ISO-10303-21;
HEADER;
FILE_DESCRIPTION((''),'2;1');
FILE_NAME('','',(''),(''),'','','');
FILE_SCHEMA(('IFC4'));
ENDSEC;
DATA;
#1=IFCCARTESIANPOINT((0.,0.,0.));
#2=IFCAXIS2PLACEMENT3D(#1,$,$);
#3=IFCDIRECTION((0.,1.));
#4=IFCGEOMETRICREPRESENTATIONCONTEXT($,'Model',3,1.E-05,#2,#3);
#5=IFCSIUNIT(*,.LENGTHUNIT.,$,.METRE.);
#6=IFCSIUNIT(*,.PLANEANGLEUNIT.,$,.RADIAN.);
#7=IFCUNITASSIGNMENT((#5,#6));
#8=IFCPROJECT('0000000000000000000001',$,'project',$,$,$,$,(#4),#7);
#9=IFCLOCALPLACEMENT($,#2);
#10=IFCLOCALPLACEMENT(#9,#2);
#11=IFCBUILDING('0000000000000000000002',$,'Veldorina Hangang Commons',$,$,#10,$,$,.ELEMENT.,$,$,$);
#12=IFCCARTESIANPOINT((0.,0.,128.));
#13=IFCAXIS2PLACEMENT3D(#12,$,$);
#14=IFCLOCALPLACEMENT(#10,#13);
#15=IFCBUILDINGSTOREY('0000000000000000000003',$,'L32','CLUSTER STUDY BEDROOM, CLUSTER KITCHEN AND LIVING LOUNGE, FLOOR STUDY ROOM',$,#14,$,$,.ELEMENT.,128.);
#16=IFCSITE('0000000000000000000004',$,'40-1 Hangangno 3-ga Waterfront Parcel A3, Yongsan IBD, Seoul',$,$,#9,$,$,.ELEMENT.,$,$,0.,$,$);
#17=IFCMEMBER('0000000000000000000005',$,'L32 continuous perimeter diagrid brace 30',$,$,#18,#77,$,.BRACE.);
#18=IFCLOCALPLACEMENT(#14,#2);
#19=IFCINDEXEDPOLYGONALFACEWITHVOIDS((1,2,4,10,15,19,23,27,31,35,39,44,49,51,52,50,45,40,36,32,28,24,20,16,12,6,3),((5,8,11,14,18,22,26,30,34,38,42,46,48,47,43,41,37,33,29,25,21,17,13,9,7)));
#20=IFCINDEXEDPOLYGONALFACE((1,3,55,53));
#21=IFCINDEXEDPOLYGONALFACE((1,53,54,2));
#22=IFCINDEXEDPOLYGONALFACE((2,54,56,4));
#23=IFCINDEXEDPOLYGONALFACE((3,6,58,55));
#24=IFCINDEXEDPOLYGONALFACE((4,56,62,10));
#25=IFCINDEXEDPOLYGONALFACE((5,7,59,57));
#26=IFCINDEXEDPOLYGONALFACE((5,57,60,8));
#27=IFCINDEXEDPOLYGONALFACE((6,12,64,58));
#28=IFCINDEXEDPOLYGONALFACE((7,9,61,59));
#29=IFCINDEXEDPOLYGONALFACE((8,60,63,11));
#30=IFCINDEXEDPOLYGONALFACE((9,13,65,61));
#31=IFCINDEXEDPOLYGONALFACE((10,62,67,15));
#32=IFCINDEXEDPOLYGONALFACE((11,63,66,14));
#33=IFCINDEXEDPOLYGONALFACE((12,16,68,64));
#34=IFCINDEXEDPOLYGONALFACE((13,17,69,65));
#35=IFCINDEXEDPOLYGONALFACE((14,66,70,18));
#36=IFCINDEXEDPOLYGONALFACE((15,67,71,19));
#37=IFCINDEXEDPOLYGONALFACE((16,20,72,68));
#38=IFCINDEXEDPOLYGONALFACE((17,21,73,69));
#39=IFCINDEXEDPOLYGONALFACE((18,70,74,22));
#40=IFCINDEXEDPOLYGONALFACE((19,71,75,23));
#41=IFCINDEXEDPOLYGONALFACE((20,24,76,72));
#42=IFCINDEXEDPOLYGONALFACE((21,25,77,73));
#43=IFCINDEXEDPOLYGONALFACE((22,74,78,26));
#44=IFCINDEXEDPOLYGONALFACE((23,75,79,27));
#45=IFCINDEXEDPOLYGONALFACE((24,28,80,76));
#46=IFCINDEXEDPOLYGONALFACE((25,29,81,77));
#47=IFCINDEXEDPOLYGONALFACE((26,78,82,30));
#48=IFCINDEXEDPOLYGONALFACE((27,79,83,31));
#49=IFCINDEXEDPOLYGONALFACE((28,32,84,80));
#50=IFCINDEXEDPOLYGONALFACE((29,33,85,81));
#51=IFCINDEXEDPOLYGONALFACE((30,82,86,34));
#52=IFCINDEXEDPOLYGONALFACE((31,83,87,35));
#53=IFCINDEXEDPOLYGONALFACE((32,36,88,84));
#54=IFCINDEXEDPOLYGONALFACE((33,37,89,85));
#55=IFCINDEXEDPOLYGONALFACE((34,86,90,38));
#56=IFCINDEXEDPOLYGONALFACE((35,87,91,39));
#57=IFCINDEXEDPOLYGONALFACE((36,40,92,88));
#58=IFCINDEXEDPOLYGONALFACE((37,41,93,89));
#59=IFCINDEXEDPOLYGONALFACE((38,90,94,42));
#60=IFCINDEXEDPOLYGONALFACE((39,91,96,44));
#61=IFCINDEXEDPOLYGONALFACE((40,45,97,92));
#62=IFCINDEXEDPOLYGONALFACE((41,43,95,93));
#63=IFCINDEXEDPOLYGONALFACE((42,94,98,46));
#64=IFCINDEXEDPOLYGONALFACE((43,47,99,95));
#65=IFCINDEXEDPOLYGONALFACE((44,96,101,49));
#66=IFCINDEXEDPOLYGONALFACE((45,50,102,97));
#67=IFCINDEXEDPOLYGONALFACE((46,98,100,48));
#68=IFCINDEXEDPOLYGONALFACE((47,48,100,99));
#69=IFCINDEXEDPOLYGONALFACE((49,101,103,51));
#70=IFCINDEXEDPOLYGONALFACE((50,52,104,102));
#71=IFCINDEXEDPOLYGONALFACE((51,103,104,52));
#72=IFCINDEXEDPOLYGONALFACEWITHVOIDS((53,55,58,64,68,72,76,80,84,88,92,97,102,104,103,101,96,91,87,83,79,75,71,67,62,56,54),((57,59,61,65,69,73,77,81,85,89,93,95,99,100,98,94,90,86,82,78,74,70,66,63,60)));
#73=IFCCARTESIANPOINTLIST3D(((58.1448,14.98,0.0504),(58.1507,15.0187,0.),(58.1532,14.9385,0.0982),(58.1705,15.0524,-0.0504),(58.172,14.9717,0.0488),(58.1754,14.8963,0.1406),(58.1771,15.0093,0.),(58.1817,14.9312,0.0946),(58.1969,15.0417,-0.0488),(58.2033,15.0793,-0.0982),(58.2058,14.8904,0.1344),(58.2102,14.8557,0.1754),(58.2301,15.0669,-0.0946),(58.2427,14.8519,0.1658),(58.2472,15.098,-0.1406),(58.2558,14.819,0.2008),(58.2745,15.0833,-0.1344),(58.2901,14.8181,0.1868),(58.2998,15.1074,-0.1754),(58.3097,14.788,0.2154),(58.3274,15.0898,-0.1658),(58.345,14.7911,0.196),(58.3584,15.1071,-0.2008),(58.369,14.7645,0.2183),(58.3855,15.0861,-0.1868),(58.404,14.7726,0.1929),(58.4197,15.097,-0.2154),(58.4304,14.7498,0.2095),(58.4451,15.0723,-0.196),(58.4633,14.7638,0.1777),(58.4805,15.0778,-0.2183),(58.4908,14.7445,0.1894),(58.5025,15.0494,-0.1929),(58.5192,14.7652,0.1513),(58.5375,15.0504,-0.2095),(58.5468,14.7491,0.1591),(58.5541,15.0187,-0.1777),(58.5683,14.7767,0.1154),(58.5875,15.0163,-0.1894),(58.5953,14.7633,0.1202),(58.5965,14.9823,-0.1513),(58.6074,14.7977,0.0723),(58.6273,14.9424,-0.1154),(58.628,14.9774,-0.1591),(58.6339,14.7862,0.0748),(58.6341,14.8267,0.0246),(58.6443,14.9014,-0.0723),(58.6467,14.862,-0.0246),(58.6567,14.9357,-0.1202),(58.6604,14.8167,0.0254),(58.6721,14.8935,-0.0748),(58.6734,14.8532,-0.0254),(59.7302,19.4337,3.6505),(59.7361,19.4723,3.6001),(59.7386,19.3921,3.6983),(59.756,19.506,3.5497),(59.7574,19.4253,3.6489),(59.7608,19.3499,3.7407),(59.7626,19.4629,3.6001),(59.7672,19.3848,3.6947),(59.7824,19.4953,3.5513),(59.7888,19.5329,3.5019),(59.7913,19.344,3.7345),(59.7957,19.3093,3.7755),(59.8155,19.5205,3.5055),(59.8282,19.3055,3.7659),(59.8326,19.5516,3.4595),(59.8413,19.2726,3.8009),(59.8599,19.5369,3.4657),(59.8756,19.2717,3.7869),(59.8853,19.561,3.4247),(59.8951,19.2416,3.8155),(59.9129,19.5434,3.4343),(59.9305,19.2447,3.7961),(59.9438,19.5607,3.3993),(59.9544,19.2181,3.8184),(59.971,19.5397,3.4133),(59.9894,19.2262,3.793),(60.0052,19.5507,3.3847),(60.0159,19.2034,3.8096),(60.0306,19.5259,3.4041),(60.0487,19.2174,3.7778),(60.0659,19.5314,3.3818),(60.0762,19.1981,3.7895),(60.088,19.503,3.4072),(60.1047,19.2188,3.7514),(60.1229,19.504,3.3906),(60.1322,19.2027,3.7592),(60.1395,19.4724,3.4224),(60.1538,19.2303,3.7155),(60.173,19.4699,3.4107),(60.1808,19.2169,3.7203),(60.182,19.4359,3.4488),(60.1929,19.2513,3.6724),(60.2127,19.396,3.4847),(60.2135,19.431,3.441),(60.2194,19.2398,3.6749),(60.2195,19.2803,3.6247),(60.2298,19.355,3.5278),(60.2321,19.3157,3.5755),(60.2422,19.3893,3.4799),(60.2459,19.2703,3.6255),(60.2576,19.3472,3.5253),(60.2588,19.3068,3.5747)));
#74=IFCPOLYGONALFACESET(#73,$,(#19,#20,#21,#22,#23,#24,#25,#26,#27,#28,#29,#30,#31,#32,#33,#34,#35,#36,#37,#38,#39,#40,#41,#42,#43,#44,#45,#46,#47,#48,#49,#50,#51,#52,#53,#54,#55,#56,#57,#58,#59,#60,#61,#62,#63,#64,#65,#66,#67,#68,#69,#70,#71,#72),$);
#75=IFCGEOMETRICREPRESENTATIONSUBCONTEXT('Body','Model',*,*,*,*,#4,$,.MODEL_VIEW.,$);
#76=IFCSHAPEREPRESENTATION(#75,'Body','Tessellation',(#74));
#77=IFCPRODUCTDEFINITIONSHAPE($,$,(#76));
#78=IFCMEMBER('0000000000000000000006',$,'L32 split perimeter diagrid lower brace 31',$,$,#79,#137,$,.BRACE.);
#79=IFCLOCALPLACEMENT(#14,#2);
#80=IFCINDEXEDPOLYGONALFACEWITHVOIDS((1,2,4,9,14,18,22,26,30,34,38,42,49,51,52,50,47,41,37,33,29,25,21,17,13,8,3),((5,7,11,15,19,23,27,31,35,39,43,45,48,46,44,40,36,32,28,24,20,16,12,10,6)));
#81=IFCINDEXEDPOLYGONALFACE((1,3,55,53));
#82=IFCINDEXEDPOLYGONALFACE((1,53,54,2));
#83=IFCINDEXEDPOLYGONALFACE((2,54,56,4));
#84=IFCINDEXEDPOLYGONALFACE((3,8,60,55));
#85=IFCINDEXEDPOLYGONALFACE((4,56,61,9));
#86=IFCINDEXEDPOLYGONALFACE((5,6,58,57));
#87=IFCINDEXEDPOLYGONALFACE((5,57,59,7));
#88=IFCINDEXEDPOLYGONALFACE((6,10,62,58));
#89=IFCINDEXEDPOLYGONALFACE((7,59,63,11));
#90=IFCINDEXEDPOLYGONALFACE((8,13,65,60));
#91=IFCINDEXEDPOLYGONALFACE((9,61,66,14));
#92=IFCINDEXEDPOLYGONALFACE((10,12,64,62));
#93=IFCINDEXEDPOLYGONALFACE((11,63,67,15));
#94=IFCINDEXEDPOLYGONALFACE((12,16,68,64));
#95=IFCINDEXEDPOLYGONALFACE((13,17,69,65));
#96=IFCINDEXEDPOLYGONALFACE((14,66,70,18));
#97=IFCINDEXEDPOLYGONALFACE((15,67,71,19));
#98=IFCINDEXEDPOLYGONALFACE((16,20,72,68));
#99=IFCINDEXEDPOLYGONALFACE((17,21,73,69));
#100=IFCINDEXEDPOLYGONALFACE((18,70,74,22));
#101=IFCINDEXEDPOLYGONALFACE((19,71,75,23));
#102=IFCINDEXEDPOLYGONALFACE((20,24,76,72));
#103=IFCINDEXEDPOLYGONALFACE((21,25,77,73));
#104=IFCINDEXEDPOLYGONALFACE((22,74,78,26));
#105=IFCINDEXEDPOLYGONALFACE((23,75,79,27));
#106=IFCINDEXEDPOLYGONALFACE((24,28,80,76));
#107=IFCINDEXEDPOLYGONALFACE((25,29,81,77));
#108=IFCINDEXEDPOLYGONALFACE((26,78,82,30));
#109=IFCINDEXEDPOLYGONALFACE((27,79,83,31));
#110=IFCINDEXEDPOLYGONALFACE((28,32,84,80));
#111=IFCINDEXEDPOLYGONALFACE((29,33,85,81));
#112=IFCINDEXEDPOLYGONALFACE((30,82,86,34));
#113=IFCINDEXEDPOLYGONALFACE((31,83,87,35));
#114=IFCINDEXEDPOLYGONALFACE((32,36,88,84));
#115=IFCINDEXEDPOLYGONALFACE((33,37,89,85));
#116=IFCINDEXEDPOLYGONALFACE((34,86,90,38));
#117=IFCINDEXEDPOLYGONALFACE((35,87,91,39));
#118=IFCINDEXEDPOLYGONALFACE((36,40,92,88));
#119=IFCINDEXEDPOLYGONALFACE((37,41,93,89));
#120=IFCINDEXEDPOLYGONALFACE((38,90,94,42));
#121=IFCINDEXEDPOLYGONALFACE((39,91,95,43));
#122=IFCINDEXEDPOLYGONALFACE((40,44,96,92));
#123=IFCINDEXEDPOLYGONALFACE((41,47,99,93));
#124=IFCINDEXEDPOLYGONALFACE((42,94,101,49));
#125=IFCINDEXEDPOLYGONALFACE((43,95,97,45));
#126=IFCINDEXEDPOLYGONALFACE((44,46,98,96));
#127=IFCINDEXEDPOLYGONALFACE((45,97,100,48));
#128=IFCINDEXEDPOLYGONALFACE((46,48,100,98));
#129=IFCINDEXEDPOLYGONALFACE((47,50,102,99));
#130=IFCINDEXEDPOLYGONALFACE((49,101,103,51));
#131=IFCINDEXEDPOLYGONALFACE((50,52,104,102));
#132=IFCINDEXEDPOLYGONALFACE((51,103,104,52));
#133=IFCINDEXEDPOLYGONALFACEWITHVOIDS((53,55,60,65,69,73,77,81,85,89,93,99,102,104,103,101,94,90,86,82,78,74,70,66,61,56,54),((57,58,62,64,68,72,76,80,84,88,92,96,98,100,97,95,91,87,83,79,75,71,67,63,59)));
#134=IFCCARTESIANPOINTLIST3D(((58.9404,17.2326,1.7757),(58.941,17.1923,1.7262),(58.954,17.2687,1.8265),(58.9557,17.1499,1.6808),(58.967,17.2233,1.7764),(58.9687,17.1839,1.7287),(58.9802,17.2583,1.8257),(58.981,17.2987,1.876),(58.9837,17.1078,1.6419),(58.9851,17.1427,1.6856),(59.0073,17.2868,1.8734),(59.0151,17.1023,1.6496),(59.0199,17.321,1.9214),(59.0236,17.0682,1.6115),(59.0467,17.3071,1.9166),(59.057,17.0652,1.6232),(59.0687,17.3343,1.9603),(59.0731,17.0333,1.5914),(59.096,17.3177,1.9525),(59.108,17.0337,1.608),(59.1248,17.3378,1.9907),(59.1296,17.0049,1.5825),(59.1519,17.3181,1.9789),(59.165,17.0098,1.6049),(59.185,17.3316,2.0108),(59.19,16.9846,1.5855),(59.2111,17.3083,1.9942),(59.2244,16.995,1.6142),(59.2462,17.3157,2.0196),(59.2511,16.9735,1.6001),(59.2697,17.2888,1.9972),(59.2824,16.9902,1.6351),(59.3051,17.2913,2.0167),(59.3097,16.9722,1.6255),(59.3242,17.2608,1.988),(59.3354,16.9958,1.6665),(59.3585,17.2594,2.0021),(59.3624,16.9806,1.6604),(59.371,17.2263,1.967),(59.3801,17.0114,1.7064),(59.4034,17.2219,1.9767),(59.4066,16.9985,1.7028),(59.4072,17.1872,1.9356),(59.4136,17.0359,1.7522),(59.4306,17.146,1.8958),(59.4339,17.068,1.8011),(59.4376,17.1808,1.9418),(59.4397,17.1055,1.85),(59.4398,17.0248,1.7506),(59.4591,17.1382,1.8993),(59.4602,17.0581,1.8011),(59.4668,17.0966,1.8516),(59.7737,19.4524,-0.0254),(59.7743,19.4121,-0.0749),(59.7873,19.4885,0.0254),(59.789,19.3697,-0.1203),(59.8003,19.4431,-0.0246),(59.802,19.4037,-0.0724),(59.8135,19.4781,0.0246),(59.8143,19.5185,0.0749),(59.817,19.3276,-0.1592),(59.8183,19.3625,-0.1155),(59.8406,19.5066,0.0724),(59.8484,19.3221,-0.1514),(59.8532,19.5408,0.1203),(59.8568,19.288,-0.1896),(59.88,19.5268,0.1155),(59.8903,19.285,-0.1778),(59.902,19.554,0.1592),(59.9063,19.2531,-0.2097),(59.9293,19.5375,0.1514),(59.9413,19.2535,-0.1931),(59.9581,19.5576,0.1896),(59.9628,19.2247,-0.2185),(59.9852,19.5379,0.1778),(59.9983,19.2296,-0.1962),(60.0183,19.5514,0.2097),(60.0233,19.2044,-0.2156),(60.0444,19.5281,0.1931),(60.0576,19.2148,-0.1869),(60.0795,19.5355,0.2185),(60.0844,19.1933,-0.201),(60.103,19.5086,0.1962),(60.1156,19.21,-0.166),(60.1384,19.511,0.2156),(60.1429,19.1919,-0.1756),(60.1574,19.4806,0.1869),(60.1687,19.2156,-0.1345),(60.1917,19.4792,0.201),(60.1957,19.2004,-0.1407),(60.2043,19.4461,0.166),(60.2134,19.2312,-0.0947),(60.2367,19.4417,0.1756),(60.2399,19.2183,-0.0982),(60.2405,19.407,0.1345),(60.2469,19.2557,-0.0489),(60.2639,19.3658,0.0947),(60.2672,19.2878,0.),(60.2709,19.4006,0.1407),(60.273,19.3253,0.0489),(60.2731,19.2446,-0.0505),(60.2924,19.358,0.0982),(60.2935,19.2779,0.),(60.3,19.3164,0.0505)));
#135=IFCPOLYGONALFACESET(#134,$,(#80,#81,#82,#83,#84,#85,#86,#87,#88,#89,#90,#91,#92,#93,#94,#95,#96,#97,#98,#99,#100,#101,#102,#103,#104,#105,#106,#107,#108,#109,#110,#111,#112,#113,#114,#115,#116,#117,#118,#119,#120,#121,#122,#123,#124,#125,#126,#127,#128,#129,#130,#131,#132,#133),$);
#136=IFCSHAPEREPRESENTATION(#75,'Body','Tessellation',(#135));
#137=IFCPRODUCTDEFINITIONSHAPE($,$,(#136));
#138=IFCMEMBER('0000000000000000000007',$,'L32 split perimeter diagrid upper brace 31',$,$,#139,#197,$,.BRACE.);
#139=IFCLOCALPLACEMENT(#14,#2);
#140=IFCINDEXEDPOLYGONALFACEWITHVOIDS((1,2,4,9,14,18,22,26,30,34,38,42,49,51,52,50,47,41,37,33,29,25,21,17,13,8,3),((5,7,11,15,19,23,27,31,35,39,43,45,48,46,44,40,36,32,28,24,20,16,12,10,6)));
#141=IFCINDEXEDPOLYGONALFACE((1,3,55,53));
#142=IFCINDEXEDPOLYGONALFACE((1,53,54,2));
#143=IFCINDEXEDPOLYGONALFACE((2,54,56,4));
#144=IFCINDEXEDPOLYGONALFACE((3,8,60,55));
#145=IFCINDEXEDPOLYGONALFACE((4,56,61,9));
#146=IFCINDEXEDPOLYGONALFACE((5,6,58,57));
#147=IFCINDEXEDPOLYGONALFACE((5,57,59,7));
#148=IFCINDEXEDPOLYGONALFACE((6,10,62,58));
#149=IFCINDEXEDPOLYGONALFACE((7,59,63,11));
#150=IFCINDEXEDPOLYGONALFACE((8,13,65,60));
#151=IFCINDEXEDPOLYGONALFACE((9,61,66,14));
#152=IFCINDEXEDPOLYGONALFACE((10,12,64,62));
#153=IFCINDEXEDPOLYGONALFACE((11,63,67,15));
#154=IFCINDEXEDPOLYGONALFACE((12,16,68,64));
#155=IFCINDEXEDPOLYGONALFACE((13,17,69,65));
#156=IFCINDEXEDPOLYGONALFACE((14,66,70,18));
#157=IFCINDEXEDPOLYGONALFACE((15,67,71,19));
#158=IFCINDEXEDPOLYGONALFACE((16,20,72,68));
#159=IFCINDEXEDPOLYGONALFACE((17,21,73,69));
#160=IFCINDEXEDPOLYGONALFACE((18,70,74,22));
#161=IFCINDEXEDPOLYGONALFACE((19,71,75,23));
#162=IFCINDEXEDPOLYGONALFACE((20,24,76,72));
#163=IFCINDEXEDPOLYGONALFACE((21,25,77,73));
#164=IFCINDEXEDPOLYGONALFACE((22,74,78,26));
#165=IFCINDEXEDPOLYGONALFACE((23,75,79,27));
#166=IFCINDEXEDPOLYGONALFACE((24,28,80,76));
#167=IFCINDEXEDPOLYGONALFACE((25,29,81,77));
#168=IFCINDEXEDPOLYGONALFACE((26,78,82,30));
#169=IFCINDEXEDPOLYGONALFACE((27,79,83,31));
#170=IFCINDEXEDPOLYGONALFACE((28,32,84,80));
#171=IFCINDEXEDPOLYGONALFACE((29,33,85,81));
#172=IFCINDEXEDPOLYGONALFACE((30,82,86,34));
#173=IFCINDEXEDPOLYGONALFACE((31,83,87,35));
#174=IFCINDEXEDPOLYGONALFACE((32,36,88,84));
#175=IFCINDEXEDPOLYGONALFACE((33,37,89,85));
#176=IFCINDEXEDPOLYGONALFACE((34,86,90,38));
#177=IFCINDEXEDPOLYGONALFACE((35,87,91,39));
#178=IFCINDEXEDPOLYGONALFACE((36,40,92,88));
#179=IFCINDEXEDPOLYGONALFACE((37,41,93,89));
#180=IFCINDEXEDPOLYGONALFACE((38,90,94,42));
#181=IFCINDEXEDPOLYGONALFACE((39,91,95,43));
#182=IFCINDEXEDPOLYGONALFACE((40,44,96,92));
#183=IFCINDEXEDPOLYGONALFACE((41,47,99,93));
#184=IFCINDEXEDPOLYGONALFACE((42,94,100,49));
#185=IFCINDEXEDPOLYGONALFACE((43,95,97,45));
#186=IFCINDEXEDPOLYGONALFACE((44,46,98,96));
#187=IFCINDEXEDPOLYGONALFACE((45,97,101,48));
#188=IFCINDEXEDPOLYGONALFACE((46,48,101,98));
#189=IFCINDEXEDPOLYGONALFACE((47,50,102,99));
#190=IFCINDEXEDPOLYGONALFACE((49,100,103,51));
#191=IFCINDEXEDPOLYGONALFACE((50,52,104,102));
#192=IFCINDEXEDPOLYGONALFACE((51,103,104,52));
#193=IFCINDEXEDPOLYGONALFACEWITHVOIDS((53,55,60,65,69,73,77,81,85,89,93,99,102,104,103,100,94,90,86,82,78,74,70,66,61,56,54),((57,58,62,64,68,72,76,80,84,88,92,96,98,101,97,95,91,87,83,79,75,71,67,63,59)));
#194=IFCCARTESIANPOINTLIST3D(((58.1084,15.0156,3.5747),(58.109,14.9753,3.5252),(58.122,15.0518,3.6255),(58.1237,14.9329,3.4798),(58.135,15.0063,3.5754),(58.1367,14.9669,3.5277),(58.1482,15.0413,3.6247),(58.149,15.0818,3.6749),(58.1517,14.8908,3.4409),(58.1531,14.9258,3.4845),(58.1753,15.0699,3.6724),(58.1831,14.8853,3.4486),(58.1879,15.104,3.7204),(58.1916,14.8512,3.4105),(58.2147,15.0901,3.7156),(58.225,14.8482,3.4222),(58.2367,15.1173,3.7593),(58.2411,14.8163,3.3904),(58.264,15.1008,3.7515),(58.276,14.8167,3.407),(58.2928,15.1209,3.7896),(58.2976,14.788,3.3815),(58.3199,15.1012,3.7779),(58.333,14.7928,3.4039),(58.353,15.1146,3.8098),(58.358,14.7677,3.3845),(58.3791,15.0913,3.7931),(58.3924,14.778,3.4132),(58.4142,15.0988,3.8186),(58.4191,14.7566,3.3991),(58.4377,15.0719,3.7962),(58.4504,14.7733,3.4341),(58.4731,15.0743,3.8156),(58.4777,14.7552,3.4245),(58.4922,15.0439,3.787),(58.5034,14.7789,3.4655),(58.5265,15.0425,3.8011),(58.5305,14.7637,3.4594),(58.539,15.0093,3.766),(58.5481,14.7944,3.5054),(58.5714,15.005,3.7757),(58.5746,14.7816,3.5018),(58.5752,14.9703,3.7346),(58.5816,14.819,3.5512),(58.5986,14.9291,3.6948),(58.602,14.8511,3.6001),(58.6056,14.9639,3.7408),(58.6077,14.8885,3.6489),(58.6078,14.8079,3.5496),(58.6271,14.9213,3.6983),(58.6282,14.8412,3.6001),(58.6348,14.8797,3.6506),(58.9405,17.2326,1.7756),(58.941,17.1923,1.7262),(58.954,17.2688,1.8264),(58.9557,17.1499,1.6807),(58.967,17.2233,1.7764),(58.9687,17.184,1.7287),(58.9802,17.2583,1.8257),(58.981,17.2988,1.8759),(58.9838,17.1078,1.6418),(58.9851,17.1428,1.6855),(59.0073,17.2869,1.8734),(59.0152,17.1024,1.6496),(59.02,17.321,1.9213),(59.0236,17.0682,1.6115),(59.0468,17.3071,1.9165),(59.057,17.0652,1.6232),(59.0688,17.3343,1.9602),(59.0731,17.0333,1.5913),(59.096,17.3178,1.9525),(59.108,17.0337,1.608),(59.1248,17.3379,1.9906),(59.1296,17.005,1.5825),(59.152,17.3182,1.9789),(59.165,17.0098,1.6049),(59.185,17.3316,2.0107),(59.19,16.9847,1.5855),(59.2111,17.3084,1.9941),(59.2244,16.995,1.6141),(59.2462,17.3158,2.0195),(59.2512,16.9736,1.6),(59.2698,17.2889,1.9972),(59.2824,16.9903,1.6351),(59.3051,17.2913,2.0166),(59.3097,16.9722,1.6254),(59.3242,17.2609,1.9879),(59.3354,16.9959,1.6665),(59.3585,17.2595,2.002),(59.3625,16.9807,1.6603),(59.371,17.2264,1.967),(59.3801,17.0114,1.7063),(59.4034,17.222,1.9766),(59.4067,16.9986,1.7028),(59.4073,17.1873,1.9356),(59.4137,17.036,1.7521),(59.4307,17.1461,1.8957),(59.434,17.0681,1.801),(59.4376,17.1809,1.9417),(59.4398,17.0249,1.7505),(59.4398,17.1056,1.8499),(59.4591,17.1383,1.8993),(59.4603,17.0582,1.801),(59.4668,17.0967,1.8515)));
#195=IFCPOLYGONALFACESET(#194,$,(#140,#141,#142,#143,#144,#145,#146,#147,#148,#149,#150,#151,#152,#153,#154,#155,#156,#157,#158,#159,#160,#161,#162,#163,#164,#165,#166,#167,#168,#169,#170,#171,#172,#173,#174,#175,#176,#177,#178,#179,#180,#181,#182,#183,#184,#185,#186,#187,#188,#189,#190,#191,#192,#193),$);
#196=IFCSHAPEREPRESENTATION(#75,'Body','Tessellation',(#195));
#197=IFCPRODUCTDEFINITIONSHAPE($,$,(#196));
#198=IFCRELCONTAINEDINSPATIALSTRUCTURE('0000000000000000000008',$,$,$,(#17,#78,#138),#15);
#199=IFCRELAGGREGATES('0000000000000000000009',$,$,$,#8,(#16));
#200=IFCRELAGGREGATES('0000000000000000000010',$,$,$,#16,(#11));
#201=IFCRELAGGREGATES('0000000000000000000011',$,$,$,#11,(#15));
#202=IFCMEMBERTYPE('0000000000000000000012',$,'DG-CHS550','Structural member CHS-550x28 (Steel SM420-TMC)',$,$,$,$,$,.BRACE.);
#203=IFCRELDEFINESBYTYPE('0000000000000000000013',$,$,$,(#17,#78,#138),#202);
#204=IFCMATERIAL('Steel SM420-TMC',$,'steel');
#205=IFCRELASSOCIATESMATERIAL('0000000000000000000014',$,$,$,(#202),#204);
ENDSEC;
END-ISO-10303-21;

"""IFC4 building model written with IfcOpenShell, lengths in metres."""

from ifc_helpers import new_model, si_unit, direction, frame, origin, origin_2d, place, context, subcontext, project, spatial, hollow_circle, extrude, material, material_profile, profile_set, type_object, element, save


model = new_model("IFC4")

# Units and contexts
model_context = context("Model", 3, precision=1e-05, world=origin(), true_north=direction((0.0, 1.0)))
body_context = subcontext(model_context, "Body", "Model", "MODEL_VIEW")
ifc_project = project(units=[si_unit("LENGTHUNIT", "METRE"), si_unit("PLANEANGLEUNIT", "RADIAN")], contexts=[model_context])

# Site, building, storey
site_placement = place(None, origin())
site = spatial("IfcSite", under=ifc_project, at=site_placement, Name="40-1 Hangangno 3-ga Waterfront Parcel A3, Yongsan IBD, Seoul", CompositionType="ELEMENT", RefElevation=0.0)
building_placement = place(site_placement, origin())
building = spatial("IfcBuilding", under=site, at=building_placement, Name="Veldorina Hangang Commons", CompositionType="ELEMENT")
storey_placement = place(building_placement, frame((0.0, 0.0, 128.0)))
storey = spatial("IfcBuildingStorey", under=building, at=storey_placement, Name="L32", Description="CLUSTER STUDY BEDROOM, CLUSTER KITCHEN AND LIVING LOUNGE, FLOOR STUDY ROOM", CompositionType="ELEMENT", Elevation=128.0)

# Shared definitions
ifc_material_1 = material(Name="Steel SM420-TMC", Category="steel")

# Members
ifc_material_profile_1 = material_profile(ifc_material_1, hollow_circle(Radius=0.2749, WallThickness=0.0281, at=origin_2d()), Name="CHS-550x28")
ifc_profile_set_1 = profile_set([ifc_material_profile_1], Name="Steel SM420-TMC")
member_type_1 = type_object("IfcMemberType", Name="DG-CHS550", Description="Structural member CHS-550x28 (Steel SM420-TMC)", PredefinedType="BRACE", material=ifc_profile_set_1)
member_1_placement = place(storey_placement, frame((58.4097, 14.9265, 0.0), z_axis=(0.266815, 0.749497, 0.605859), x_axis=(-0.942085, 0.335374, 0.0)))
element("IfcMember", 1, at=member_1_placement, inside=storey, type_object=member_type_1, Name="L32 continuous perimeter diagrid brace 30", PredefinedType="BRACE", context=body_context, shape_type="SweptSolid", body=[
    extrude(hollow_circle(Radius=0.2749, WallThickness=0.0281, at=origin_2d()), origin(), (0.0, 0.0, 1.0), 5.9421),
])
member_2_placement = place(storey_placement, frame((60.0361, 19.3745, 0.0), z_axis=(-0.279855, -0.745514, 0.604889), x_axis=(0.936211, -0.351439, 0.0)))
element("IfcMember", 2, at=member_2_placement, inside=storey, type_object=member_type_1, Name="L32 split perimeter diagrid lower brace 31", PredefinedType="BRACE", context=body_context, shape_type="SweptSolid", body=[
    extrude(hollow_circle(Radius=0.2749, WallThickness=0.0281, at=origin_2d()), origin(), (0.0, 0.0, 1.0), 2.9775),
])
member_3_placement = place(storey_placement, frame((59.2029, 17.1548, 1.801), z_axis=(-0.279776, -0.745494, 0.60495), x_axis=(0.93624, -0.351361, 0.0)))
element("IfcMember", 3, at=member_3_placement, inside=storey, type_object=member_type_1, Name="L32 split perimeter diagrid upper brace 31", PredefinedType="BRACE", context=body_context, shape_type="SweptSolid", body=[
    extrude(hollow_circle(Radius=0.2749, WallThickness=0.0281, at=origin_2d()), origin(), (0.0, 0.0, 1.0), 2.9739),
])

save(model, "model.ifc")
